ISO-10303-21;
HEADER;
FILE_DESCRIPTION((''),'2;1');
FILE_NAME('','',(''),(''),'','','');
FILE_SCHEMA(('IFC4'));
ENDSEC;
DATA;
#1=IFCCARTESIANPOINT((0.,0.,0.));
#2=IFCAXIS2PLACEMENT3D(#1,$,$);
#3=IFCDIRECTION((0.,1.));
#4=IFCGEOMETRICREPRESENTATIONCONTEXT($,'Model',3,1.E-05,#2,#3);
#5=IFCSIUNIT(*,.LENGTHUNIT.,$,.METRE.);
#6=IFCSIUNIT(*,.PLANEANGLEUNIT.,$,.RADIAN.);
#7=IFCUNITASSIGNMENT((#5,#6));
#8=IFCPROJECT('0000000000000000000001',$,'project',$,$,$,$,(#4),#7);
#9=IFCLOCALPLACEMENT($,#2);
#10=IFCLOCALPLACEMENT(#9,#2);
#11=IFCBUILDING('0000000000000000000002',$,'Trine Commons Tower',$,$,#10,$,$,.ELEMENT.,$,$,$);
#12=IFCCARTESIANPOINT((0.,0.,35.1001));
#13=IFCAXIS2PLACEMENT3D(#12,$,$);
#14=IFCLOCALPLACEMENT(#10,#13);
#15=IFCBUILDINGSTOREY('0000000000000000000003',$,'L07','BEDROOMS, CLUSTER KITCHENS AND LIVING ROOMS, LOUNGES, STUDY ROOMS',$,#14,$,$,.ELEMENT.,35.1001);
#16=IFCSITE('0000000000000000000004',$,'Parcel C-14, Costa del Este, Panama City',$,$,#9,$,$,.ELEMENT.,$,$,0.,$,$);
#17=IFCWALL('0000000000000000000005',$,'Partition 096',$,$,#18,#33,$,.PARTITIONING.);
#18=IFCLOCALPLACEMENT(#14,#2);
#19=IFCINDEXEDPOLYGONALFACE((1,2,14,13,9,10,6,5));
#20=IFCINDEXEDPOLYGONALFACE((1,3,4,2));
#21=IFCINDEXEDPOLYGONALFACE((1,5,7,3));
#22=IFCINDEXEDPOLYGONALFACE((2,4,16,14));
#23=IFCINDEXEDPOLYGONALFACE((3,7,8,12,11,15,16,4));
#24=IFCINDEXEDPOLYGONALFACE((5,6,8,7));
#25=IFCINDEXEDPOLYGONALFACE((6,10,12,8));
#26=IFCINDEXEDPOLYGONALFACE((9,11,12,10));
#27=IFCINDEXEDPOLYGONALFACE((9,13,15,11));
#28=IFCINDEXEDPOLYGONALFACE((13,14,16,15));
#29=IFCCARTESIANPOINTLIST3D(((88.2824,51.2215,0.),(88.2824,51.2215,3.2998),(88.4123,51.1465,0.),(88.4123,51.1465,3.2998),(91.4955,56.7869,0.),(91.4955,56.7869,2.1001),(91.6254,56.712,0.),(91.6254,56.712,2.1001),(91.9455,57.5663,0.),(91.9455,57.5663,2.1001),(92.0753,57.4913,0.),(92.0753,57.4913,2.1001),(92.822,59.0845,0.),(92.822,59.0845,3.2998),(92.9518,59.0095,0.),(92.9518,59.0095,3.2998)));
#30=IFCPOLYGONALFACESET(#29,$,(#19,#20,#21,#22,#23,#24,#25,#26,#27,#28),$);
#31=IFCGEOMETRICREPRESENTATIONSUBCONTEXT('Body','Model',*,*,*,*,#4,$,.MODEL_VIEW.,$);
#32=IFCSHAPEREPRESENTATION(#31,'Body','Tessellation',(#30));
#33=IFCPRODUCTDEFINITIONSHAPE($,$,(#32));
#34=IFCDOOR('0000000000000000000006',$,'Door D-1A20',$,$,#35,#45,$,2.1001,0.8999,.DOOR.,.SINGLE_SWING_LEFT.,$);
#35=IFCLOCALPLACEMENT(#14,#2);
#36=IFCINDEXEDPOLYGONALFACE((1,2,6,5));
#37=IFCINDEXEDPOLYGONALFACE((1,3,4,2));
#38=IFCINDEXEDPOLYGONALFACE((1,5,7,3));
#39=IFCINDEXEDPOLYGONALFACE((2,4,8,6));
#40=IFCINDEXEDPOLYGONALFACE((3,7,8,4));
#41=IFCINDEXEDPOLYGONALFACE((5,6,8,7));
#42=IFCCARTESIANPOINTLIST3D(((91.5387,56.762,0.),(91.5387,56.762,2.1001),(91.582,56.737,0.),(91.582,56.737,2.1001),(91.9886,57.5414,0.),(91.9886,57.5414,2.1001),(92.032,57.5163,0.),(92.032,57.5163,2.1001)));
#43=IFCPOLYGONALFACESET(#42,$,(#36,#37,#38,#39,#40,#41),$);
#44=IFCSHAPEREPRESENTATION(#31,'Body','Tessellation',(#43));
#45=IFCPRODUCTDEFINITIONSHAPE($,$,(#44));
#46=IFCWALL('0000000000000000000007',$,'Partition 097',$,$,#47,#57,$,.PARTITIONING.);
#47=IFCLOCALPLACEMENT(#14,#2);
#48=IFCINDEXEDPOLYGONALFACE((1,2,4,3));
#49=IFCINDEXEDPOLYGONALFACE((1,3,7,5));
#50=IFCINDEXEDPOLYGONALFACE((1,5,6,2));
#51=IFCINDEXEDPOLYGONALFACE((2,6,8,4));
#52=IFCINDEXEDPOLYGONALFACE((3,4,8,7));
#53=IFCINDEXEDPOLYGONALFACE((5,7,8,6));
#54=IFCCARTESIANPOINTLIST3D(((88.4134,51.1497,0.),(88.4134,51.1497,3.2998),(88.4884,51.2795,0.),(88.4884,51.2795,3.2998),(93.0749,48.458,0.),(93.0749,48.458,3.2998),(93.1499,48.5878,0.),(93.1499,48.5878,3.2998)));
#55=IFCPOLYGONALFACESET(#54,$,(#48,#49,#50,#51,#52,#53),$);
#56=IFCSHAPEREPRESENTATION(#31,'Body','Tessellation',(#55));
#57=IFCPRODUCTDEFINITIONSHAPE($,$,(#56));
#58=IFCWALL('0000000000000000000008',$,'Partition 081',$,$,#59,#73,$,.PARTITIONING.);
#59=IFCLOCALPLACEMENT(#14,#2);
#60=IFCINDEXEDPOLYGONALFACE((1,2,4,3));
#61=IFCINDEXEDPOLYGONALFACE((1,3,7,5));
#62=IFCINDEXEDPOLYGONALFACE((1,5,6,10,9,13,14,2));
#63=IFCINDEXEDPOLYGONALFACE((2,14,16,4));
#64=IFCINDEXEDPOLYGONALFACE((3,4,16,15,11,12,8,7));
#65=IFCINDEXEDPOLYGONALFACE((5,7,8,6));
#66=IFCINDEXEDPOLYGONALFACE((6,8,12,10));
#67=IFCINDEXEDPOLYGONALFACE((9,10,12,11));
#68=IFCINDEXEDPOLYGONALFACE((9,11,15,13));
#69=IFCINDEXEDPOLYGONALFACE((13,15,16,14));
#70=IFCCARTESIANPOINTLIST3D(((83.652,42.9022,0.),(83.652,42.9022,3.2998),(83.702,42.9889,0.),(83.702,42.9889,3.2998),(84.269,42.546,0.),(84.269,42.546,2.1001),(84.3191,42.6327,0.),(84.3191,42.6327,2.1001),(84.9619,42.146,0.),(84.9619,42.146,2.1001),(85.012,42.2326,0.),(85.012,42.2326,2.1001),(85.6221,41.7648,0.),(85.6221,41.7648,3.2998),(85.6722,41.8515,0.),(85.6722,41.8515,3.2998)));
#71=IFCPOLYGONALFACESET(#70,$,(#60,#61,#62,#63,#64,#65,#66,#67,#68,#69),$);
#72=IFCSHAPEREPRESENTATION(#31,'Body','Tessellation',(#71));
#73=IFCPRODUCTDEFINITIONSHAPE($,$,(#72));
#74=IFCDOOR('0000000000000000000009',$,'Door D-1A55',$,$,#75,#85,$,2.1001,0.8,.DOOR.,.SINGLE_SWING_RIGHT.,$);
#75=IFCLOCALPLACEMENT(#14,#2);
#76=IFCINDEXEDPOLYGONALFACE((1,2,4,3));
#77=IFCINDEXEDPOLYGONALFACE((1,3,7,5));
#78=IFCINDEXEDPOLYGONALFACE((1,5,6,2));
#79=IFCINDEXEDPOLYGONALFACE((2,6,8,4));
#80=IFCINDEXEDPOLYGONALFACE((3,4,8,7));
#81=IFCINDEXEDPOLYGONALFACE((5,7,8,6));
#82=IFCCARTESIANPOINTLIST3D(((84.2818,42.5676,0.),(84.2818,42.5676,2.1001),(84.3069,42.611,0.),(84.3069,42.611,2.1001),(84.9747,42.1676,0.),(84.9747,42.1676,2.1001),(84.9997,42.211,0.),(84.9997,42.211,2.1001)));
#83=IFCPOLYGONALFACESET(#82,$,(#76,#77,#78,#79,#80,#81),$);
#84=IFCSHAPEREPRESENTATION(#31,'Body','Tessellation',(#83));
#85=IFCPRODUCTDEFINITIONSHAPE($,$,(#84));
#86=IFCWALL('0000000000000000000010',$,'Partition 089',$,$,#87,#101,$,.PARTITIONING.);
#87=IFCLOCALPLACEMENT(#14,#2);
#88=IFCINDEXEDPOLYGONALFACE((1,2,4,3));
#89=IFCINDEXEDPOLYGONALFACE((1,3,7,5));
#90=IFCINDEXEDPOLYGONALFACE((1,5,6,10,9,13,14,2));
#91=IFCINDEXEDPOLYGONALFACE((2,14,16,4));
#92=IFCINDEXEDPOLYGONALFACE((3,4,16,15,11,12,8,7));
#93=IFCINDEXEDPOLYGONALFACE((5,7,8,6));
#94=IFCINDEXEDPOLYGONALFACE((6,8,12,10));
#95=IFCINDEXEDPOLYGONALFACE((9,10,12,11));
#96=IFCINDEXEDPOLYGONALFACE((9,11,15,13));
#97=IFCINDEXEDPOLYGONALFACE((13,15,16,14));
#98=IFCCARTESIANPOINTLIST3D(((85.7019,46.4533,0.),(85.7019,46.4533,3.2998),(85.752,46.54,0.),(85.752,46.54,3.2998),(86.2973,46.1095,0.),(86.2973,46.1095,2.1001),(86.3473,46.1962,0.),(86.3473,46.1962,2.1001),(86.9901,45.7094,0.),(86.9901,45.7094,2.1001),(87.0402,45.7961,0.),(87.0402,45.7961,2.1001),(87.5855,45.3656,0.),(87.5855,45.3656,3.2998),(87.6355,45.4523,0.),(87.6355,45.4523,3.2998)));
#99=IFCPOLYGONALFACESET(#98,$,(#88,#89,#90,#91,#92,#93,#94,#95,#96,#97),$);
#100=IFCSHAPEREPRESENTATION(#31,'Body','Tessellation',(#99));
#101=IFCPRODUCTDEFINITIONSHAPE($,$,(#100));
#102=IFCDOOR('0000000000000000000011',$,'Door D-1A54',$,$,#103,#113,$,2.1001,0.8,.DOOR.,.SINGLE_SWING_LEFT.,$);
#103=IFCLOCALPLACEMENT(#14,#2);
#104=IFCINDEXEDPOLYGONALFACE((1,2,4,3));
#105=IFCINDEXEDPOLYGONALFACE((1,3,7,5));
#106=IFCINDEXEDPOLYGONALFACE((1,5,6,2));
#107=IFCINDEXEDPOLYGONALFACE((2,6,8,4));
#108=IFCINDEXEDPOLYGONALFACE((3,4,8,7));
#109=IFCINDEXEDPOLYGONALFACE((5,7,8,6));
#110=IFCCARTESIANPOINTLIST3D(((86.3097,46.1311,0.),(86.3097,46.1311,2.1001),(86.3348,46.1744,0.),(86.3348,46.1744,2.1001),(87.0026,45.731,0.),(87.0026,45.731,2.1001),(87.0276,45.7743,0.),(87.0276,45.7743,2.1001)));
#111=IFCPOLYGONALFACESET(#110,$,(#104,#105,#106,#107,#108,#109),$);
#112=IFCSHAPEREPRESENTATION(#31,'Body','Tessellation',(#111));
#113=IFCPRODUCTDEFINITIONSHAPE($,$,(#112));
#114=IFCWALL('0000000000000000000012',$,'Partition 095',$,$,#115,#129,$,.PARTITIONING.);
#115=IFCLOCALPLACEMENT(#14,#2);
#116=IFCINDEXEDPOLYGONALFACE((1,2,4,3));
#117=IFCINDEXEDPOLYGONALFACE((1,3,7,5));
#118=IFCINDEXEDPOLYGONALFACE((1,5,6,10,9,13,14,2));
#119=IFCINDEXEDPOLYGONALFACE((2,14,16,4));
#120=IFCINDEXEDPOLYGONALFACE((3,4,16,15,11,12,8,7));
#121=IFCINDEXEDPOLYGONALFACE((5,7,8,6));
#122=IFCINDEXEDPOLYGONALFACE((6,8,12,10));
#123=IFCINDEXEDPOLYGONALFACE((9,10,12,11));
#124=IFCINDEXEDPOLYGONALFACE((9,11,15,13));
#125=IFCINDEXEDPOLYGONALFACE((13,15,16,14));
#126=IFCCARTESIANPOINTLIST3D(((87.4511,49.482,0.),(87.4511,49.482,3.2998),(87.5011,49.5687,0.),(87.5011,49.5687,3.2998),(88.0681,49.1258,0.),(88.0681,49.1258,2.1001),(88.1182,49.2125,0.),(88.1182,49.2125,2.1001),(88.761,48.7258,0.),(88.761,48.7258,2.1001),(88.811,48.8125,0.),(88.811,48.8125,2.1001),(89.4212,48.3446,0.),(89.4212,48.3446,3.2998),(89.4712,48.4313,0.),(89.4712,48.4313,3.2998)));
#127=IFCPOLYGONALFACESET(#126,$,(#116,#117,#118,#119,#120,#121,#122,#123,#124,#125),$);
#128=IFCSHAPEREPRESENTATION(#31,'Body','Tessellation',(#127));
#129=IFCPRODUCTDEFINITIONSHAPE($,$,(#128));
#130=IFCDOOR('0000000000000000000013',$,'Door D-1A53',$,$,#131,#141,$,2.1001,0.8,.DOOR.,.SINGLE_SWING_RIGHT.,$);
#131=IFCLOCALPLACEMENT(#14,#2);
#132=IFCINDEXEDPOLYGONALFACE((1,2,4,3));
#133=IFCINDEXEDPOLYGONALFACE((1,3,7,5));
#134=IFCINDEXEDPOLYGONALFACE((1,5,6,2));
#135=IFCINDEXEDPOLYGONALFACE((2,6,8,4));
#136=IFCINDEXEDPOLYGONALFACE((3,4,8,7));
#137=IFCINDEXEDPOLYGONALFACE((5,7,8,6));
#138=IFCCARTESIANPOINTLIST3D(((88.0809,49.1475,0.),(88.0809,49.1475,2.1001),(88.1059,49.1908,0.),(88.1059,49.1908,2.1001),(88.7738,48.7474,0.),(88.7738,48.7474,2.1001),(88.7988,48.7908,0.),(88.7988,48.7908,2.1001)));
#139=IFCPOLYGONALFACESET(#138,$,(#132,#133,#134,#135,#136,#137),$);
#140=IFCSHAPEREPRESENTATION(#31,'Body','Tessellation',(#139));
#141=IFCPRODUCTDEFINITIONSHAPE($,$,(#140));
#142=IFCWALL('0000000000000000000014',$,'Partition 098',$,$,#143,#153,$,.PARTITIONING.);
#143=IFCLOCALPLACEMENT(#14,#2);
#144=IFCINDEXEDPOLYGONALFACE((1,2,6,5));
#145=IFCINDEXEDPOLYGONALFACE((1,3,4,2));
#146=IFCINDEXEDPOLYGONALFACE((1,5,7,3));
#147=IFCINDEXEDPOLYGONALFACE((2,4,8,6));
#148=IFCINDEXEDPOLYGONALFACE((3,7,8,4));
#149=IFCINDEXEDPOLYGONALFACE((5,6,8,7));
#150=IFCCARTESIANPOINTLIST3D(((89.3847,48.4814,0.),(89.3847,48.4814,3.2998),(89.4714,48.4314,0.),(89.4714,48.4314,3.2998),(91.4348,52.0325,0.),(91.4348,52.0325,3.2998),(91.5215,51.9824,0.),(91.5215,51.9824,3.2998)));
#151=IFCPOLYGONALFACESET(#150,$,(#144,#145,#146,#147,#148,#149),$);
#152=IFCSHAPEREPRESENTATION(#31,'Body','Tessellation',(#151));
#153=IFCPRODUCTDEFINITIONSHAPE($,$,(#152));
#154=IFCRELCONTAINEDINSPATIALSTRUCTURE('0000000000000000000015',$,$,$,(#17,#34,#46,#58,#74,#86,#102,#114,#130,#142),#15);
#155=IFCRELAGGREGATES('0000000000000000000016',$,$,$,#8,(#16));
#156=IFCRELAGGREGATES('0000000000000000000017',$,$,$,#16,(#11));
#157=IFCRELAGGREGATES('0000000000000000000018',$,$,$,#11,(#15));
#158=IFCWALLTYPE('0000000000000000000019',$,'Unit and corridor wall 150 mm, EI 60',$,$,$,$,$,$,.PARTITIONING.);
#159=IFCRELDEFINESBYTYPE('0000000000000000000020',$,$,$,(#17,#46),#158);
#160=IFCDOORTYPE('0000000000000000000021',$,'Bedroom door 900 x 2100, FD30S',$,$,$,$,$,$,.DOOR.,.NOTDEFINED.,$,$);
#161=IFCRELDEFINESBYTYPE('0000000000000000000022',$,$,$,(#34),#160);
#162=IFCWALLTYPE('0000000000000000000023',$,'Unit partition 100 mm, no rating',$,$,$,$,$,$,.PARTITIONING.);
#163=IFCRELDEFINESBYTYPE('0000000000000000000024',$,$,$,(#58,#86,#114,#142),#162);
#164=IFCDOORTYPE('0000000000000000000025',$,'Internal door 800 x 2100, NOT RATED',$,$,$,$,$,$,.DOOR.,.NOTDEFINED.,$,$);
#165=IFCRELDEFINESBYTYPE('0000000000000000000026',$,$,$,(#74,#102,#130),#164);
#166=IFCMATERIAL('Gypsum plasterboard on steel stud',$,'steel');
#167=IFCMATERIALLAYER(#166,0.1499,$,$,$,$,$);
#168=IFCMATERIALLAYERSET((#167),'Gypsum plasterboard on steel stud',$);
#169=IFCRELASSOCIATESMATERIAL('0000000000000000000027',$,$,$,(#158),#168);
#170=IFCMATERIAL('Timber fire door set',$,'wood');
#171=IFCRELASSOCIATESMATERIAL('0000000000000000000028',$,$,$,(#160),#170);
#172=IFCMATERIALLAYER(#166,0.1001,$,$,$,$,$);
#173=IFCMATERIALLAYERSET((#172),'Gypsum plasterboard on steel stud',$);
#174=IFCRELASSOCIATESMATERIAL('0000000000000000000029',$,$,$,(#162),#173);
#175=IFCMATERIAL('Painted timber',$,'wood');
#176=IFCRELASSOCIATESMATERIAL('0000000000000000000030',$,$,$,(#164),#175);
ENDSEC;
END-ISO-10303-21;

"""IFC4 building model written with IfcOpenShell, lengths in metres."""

from ifc_helpers import new_model, si_unit, direction, frame, frame_2d, origin, place, context, subcontext, project, spatial, rectangle, extrude, material, layer, layer_set, type_object, element, fill, save


model = new_model("IFC4")

# Units and contexts
model_context = context("Model", 3, precision=1e-05, world=origin(), true_north=direction((0.0, 1.0)))
body_context = subcontext(model_context, "Body", "Model", "MODEL_VIEW")
ifc_project = project(units=[si_unit("LENGTHUNIT", "METRE"), si_unit("PLANEANGLEUNIT", "RADIAN")], contexts=[model_context])

# Site, building, storey
site_placement = place(None, origin())
site = spatial("IfcSite", under=ifc_project, at=site_placement, Name="Parcel C-14, Costa del Este, Panama City", CompositionType="ELEMENT", RefElevation=0.0)
building_placement = place(site_placement, origin())
building = spatial("IfcBuilding", under=site, at=building_placement, Name="Trine Commons Tower", CompositionType="ELEMENT")
storey_placement = place(building_placement, frame((0.0, 0.0, 35.1001)))
storey = spatial("IfcBuildingStorey", under=building, at=storey_placement, Name="L07", Description="BEDROOMS, CLUSTER KITCHENS AND LIVING ROOMS, LOUNGES, STUDY ROOMS", CompositionType="ELEMENT", Elevation=35.1001)

# Shared definitions
ifc_material_1 = material(Name="Gypsum plasterboard on steel stud", Category="steel")
ifc_layer_1 = layer(ifc_material_1, 0.1499)
ifc_layer_set_1 = layer_set([ifc_layer_1], Name="Gypsum plasterboard on steel stud")
wall_type_1 = type_object("IfcWallType", Name="Unit and corridor wall 150 mm, EI 60", PredefinedType="PARTITIONING", material=ifc_layer_set_1)

# Shared definitions
ifc_material_2 = material(Name="Timber fire door set", Category="wood")

# Shared definitions
door_type_1 = type_object("IfcDoorType", Name="Bedroom door 900 x 2100, FD30S", OperationType="NOTDEFINED", PredefinedType="DOOR", material=ifc_material_2)

# Wall, opening, door
wall_1_placement = place(storey_placement, frame((88.3474, 51.1841, 0.0), z_axis=(0.0, 0.0, 1.0), x_axis=(0.499985, 0.866034, 0.0)))
wall_1 = element("IfcWall", 1, at=wall_1_placement, inside=storey, type_object=wall_type_1, Name="Partition 096", PredefinedType="PARTITIONING", context=body_context, shape_type="SweptSolid", body=[
    extrude(rectangle(XDim=9.0793, YDim=0.1499, at=frame_2d((4.5396, 0.0))), origin(), (0.0, 0.0, 1.0), 3.2998),
])
opening_1_placement = place(wall_1_placement, frame((6.4263, 0.0, 0.0)))
opening_1 = element("IfcOpeningElement", 2, at=opening_1_placement, cuts=wall_1, PredefinedType="OPENING", context=body_context, shape_type="SweptSolid", body=[
    extrude(rectangle(XDim=0.8999, YDim=2.1001, at=frame_2d((0.45, 1.05))), frame((0.0, 0.085, 0.0), z_axis=(0.0, -1.0, 0.0), x_axis=(1.0, 0.0, 0.0)), (0.0, 0.0, 1.0), 0.1699),
])
door_1_placement = place(opening_1_placement, frame((0.8999, 0.0, 0.0), z_axis=(0.0, 0.0, 1.0), x_axis=(-1.0, 0.0, 0.0)))
door_1 = element("IfcDoor", 3, at=door_1_placement, inside=storey, type_object=door_type_1, Name="Door D-1A20", OperationType="SINGLE_SWING_LEFT", OverallHeight=2.1001, OverallWidth=0.8999, PredefinedType="DOOR", context=body_context, shape_type="SweptSolid", body=[
    extrude(rectangle(XDim=0.8999, YDim=2.1001, at=frame_2d((0.45, 1.05))), frame((0.0, 0.0249, 0.0), z_axis=(0.0, -1.0, 0.0), x_axis=(1.0, 0.0, 0.0)), (0.0, 0.0, 1.0), 0.05),
])
fill(opening_1, door_1)

# Wall
wall_2_placement = place(storey_placement, frame((88.4509, 51.2146, 0.0), z_axis=(0.0, 0.0, 1.0), x_axis=(0.865993, -0.500056, 0.0)))
element("IfcWall", 4, at=wall_2_placement, inside=storey, type_object=wall_type_1, Name="Partition 097", PredefinedType="PARTITIONING", context=body_context, shape_type="SweptSolid", body=[
    extrude(rectangle(XDim=5.3828, YDim=0.1499, at=frame_2d((2.6914, 0.0))), origin(), (0.0, 0.0, 1.0), 3.2998),
])

# Walls, openings, doors
ifc_layer_2 = layer(ifc_material_1, 0.1001)
ifc_layer_set_2 = layer_set([ifc_layer_2], Name="Gypsum plasterboard on steel stud")
wall_type_2 = type_object("IfcWallType", Name="Unit partition 100 mm, no rating", PredefinedType="PARTITIONING", material=ifc_layer_set_2)
wall_3_placement = place(storey_placement, frame((83.677, 42.9456, 0.0), z_axis=(0.0, 0.0, 1.0), x_axis=(0.866035, -0.499983, 0.0)))
wall_3 = element("IfcWall", 5, at=wall_3_placement, inside=storey, type_object=wall_type_2, Name="Partition 081", PredefinedType="PARTITIONING", context=body_context, shape_type="SweptSolid", body=[
    extrude(rectangle(XDim=2.2749, YDim=0.1001, at=frame_2d((1.1375, 0.0))), origin(), (0.0, 0.0, 1.0), 3.2998),
])
opening_2_placement = place(wall_3_placement, frame((0.7126, 0.0, 0.0)))
opening_2 = element("IfcOpeningElement", 6, at=opening_2_placement, cuts=wall_3, PredefinedType="OPENING", context=body_context, shape_type="SweptSolid", body=[
    extrude(rectangle(XDim=0.8, YDim=2.1001, at=frame_2d((0.3999, 1.05))), frame((0.0, 0.0601, 0.0), z_axis=(0.0, -1.0, 0.0), x_axis=(1.0, 0.0, 0.0)), (0.0, 0.0, 1.0), 0.1201),
])
ifc_material_3 = material(Name="Painted timber", Category="wood")
door_type_2 = type_object("IfcDoorType", Name="Internal door 800 x 2100, NOT RATED", OperationType="NOTDEFINED", PredefinedType="DOOR", material=ifc_material_3)
door_2_placement = place(opening_2_placement, frame((0.8, 0.0, 0.0), z_axis=(0.0, 0.0, 1.0), x_axis=(-1.0, 0.0, 0.0)))
door_2 = element("IfcDoor", 7, at=door_2_placement, inside=storey, type_object=door_type_2, Name="Door D-1A55", OperationType="SINGLE_SWING_RIGHT", OverallHeight=2.1001, OverallWidth=0.8, PredefinedType="DOOR", context=body_context, shape_type="SweptSolid", body=[
    extrude(rectangle(XDim=0.8, YDim=2.1001, at=frame_2d((0.3999, 1.05))), frame((0.0, 0.0249, 0.0), z_axis=(0.0, -1.0, 0.0), x_axis=(1.0, 0.0, 0.0)), (0.0, 0.0, 1.0), 0.05),
])
fill(opening_2, door_2)
wall_4_placement = place(storey_placement, frame((85.7271, 46.4966, 0.0), z_axis=(0.0, 0.0, 1.0), x_axis=(0.865989, -0.500063, 0.0)))
wall_4 = element("IfcWall", 8, at=wall_4_placement, inside=storey, type_object=wall_type_2, Name="Partition 089", PredefinedType="PARTITIONING", context=body_context, shape_type="SweptSolid", body=[
    extrude(rectangle(XDim=2.175, YDim=0.1001, at=frame_2d((1.0874, 0.0))), origin(), (0.0, 0.0, 1.0), 3.2998),
])
opening_3_placement = place(wall_4_placement, frame((0.6875, 0.0, 0.0)))
opening_3 = element("IfcOpeningElement", 9, at=opening_3_placement, cuts=wall_4, PredefinedType="OPENING", context=body_context, shape_type="SweptSolid", body=[
    extrude(rectangle(XDim=0.8, YDim=2.1001, at=frame_2d((0.3999, 1.05))), frame((0.0, 0.0601, 0.0), z_axis=(0.0, -1.0, 0.0), x_axis=(1.0, 0.0, 0.0)), (0.0, 0.0, 1.0), 0.1201),
])
door_3_placement = place(opening_3_placement, origin())
door_3 = element("IfcDoor", 10, at=door_3_placement, inside=storey, type_object=door_type_2, Name="Door D-1A54", OperationType="SINGLE_SWING_LEFT", OverallHeight=2.1001, OverallWidth=0.8, PredefinedType="DOOR", context=body_context, shape_type="SweptSolid", body=[
    extrude(rectangle(XDim=0.8, YDim=2.1001, at=frame_2d((0.3999, 1.05))), frame((0.0, 0.0249, 0.0), z_axis=(0.0, -1.0, 0.0), x_axis=(1.0, 0.0, 0.0)), (0.0, 0.0, 1.0), 0.05),
])
fill(opening_3, door_3)
wall_5_placement = place(storey_placement, frame((87.4761, 49.5254, 0.0), z_axis=(0.0, 0.0, 1.0), x_axis=(0.866035, -0.499983, 0.0)))
wall_5 = element("IfcWall", 11, at=wall_5_placement, inside=storey, type_object=wall_type_2, Name="Partition 095", PredefinedType="PARTITIONING", context=body_context, shape_type="SweptSolid", body=[
    extrude(rectangle(XDim=2.2749, YDim=0.1001, at=frame_2d((1.1375, 0.0))), origin(), (0.0, 0.0, 1.0), 3.2998),
])
opening_4_placement = place(wall_5_placement, frame((0.7126, 0.0, 0.0)))
opening_4 = element("IfcOpeningElement", 12, at=opening_4_placement, cuts=wall_5, PredefinedType="OPENING", context=body_context, shape_type="SweptSolid", body=[
    extrude(rectangle(XDim=0.8, YDim=2.1001, at=frame_2d((0.3999, 1.05))), frame((0.0, 0.0601, 0.0), z_axis=(0.0, -1.0, 0.0), x_axis=(1.0, 0.0, 0.0)), (0.0, 0.0, 1.0), 0.1201),
])
door_4_placement = place(opening_4_placement, frame((0.8, 0.0, 0.0), z_axis=(0.0, 0.0, 1.0), x_axis=(-1.0, 0.0, 0.0)))
door_4 = element("IfcDoor", 13, at=door_4_placement, inside=storey, type_object=door_type_2, Name="Door D-1A53", OperationType="SINGLE_SWING_RIGHT", OverallHeight=2.1001, OverallWidth=0.8, PredefinedType="DOOR", context=body_context, shape_type="SweptSolid", body=[
    extrude(rectangle(XDim=0.8, YDim=2.1001, at=frame_2d((0.3999, 1.05))), frame((0.0, 0.0249, 0.0), z_axis=(0.0, -1.0, 0.0), x_axis=(1.0, 0.0, 0.0)), (0.0, 0.0, 1.0), 0.05),
])
fill(opening_4, door_4)

# Wall
wall_6_placement = place(storey_placement, frame((89.428, 48.4563, 0.0), z_axis=(0.0, 0.0, 1.0), x_axis=(0.499975, 0.86604, 0.0)))
element("IfcWall", 14, at=wall_6_placement, inside=storey, type_object=wall_type_2, Name="Partition 098", PredefinedType="PARTITIONING", context=body_context, shape_type="SweptSolid", body=[
    extrude(rectangle(XDim=4.1003, YDim=0.1001, at=frame_2d((2.0503, 0.0))), origin(), (0.0, 0.0, 1.0), 3.2998),
])

save(model, "model.ifc")
